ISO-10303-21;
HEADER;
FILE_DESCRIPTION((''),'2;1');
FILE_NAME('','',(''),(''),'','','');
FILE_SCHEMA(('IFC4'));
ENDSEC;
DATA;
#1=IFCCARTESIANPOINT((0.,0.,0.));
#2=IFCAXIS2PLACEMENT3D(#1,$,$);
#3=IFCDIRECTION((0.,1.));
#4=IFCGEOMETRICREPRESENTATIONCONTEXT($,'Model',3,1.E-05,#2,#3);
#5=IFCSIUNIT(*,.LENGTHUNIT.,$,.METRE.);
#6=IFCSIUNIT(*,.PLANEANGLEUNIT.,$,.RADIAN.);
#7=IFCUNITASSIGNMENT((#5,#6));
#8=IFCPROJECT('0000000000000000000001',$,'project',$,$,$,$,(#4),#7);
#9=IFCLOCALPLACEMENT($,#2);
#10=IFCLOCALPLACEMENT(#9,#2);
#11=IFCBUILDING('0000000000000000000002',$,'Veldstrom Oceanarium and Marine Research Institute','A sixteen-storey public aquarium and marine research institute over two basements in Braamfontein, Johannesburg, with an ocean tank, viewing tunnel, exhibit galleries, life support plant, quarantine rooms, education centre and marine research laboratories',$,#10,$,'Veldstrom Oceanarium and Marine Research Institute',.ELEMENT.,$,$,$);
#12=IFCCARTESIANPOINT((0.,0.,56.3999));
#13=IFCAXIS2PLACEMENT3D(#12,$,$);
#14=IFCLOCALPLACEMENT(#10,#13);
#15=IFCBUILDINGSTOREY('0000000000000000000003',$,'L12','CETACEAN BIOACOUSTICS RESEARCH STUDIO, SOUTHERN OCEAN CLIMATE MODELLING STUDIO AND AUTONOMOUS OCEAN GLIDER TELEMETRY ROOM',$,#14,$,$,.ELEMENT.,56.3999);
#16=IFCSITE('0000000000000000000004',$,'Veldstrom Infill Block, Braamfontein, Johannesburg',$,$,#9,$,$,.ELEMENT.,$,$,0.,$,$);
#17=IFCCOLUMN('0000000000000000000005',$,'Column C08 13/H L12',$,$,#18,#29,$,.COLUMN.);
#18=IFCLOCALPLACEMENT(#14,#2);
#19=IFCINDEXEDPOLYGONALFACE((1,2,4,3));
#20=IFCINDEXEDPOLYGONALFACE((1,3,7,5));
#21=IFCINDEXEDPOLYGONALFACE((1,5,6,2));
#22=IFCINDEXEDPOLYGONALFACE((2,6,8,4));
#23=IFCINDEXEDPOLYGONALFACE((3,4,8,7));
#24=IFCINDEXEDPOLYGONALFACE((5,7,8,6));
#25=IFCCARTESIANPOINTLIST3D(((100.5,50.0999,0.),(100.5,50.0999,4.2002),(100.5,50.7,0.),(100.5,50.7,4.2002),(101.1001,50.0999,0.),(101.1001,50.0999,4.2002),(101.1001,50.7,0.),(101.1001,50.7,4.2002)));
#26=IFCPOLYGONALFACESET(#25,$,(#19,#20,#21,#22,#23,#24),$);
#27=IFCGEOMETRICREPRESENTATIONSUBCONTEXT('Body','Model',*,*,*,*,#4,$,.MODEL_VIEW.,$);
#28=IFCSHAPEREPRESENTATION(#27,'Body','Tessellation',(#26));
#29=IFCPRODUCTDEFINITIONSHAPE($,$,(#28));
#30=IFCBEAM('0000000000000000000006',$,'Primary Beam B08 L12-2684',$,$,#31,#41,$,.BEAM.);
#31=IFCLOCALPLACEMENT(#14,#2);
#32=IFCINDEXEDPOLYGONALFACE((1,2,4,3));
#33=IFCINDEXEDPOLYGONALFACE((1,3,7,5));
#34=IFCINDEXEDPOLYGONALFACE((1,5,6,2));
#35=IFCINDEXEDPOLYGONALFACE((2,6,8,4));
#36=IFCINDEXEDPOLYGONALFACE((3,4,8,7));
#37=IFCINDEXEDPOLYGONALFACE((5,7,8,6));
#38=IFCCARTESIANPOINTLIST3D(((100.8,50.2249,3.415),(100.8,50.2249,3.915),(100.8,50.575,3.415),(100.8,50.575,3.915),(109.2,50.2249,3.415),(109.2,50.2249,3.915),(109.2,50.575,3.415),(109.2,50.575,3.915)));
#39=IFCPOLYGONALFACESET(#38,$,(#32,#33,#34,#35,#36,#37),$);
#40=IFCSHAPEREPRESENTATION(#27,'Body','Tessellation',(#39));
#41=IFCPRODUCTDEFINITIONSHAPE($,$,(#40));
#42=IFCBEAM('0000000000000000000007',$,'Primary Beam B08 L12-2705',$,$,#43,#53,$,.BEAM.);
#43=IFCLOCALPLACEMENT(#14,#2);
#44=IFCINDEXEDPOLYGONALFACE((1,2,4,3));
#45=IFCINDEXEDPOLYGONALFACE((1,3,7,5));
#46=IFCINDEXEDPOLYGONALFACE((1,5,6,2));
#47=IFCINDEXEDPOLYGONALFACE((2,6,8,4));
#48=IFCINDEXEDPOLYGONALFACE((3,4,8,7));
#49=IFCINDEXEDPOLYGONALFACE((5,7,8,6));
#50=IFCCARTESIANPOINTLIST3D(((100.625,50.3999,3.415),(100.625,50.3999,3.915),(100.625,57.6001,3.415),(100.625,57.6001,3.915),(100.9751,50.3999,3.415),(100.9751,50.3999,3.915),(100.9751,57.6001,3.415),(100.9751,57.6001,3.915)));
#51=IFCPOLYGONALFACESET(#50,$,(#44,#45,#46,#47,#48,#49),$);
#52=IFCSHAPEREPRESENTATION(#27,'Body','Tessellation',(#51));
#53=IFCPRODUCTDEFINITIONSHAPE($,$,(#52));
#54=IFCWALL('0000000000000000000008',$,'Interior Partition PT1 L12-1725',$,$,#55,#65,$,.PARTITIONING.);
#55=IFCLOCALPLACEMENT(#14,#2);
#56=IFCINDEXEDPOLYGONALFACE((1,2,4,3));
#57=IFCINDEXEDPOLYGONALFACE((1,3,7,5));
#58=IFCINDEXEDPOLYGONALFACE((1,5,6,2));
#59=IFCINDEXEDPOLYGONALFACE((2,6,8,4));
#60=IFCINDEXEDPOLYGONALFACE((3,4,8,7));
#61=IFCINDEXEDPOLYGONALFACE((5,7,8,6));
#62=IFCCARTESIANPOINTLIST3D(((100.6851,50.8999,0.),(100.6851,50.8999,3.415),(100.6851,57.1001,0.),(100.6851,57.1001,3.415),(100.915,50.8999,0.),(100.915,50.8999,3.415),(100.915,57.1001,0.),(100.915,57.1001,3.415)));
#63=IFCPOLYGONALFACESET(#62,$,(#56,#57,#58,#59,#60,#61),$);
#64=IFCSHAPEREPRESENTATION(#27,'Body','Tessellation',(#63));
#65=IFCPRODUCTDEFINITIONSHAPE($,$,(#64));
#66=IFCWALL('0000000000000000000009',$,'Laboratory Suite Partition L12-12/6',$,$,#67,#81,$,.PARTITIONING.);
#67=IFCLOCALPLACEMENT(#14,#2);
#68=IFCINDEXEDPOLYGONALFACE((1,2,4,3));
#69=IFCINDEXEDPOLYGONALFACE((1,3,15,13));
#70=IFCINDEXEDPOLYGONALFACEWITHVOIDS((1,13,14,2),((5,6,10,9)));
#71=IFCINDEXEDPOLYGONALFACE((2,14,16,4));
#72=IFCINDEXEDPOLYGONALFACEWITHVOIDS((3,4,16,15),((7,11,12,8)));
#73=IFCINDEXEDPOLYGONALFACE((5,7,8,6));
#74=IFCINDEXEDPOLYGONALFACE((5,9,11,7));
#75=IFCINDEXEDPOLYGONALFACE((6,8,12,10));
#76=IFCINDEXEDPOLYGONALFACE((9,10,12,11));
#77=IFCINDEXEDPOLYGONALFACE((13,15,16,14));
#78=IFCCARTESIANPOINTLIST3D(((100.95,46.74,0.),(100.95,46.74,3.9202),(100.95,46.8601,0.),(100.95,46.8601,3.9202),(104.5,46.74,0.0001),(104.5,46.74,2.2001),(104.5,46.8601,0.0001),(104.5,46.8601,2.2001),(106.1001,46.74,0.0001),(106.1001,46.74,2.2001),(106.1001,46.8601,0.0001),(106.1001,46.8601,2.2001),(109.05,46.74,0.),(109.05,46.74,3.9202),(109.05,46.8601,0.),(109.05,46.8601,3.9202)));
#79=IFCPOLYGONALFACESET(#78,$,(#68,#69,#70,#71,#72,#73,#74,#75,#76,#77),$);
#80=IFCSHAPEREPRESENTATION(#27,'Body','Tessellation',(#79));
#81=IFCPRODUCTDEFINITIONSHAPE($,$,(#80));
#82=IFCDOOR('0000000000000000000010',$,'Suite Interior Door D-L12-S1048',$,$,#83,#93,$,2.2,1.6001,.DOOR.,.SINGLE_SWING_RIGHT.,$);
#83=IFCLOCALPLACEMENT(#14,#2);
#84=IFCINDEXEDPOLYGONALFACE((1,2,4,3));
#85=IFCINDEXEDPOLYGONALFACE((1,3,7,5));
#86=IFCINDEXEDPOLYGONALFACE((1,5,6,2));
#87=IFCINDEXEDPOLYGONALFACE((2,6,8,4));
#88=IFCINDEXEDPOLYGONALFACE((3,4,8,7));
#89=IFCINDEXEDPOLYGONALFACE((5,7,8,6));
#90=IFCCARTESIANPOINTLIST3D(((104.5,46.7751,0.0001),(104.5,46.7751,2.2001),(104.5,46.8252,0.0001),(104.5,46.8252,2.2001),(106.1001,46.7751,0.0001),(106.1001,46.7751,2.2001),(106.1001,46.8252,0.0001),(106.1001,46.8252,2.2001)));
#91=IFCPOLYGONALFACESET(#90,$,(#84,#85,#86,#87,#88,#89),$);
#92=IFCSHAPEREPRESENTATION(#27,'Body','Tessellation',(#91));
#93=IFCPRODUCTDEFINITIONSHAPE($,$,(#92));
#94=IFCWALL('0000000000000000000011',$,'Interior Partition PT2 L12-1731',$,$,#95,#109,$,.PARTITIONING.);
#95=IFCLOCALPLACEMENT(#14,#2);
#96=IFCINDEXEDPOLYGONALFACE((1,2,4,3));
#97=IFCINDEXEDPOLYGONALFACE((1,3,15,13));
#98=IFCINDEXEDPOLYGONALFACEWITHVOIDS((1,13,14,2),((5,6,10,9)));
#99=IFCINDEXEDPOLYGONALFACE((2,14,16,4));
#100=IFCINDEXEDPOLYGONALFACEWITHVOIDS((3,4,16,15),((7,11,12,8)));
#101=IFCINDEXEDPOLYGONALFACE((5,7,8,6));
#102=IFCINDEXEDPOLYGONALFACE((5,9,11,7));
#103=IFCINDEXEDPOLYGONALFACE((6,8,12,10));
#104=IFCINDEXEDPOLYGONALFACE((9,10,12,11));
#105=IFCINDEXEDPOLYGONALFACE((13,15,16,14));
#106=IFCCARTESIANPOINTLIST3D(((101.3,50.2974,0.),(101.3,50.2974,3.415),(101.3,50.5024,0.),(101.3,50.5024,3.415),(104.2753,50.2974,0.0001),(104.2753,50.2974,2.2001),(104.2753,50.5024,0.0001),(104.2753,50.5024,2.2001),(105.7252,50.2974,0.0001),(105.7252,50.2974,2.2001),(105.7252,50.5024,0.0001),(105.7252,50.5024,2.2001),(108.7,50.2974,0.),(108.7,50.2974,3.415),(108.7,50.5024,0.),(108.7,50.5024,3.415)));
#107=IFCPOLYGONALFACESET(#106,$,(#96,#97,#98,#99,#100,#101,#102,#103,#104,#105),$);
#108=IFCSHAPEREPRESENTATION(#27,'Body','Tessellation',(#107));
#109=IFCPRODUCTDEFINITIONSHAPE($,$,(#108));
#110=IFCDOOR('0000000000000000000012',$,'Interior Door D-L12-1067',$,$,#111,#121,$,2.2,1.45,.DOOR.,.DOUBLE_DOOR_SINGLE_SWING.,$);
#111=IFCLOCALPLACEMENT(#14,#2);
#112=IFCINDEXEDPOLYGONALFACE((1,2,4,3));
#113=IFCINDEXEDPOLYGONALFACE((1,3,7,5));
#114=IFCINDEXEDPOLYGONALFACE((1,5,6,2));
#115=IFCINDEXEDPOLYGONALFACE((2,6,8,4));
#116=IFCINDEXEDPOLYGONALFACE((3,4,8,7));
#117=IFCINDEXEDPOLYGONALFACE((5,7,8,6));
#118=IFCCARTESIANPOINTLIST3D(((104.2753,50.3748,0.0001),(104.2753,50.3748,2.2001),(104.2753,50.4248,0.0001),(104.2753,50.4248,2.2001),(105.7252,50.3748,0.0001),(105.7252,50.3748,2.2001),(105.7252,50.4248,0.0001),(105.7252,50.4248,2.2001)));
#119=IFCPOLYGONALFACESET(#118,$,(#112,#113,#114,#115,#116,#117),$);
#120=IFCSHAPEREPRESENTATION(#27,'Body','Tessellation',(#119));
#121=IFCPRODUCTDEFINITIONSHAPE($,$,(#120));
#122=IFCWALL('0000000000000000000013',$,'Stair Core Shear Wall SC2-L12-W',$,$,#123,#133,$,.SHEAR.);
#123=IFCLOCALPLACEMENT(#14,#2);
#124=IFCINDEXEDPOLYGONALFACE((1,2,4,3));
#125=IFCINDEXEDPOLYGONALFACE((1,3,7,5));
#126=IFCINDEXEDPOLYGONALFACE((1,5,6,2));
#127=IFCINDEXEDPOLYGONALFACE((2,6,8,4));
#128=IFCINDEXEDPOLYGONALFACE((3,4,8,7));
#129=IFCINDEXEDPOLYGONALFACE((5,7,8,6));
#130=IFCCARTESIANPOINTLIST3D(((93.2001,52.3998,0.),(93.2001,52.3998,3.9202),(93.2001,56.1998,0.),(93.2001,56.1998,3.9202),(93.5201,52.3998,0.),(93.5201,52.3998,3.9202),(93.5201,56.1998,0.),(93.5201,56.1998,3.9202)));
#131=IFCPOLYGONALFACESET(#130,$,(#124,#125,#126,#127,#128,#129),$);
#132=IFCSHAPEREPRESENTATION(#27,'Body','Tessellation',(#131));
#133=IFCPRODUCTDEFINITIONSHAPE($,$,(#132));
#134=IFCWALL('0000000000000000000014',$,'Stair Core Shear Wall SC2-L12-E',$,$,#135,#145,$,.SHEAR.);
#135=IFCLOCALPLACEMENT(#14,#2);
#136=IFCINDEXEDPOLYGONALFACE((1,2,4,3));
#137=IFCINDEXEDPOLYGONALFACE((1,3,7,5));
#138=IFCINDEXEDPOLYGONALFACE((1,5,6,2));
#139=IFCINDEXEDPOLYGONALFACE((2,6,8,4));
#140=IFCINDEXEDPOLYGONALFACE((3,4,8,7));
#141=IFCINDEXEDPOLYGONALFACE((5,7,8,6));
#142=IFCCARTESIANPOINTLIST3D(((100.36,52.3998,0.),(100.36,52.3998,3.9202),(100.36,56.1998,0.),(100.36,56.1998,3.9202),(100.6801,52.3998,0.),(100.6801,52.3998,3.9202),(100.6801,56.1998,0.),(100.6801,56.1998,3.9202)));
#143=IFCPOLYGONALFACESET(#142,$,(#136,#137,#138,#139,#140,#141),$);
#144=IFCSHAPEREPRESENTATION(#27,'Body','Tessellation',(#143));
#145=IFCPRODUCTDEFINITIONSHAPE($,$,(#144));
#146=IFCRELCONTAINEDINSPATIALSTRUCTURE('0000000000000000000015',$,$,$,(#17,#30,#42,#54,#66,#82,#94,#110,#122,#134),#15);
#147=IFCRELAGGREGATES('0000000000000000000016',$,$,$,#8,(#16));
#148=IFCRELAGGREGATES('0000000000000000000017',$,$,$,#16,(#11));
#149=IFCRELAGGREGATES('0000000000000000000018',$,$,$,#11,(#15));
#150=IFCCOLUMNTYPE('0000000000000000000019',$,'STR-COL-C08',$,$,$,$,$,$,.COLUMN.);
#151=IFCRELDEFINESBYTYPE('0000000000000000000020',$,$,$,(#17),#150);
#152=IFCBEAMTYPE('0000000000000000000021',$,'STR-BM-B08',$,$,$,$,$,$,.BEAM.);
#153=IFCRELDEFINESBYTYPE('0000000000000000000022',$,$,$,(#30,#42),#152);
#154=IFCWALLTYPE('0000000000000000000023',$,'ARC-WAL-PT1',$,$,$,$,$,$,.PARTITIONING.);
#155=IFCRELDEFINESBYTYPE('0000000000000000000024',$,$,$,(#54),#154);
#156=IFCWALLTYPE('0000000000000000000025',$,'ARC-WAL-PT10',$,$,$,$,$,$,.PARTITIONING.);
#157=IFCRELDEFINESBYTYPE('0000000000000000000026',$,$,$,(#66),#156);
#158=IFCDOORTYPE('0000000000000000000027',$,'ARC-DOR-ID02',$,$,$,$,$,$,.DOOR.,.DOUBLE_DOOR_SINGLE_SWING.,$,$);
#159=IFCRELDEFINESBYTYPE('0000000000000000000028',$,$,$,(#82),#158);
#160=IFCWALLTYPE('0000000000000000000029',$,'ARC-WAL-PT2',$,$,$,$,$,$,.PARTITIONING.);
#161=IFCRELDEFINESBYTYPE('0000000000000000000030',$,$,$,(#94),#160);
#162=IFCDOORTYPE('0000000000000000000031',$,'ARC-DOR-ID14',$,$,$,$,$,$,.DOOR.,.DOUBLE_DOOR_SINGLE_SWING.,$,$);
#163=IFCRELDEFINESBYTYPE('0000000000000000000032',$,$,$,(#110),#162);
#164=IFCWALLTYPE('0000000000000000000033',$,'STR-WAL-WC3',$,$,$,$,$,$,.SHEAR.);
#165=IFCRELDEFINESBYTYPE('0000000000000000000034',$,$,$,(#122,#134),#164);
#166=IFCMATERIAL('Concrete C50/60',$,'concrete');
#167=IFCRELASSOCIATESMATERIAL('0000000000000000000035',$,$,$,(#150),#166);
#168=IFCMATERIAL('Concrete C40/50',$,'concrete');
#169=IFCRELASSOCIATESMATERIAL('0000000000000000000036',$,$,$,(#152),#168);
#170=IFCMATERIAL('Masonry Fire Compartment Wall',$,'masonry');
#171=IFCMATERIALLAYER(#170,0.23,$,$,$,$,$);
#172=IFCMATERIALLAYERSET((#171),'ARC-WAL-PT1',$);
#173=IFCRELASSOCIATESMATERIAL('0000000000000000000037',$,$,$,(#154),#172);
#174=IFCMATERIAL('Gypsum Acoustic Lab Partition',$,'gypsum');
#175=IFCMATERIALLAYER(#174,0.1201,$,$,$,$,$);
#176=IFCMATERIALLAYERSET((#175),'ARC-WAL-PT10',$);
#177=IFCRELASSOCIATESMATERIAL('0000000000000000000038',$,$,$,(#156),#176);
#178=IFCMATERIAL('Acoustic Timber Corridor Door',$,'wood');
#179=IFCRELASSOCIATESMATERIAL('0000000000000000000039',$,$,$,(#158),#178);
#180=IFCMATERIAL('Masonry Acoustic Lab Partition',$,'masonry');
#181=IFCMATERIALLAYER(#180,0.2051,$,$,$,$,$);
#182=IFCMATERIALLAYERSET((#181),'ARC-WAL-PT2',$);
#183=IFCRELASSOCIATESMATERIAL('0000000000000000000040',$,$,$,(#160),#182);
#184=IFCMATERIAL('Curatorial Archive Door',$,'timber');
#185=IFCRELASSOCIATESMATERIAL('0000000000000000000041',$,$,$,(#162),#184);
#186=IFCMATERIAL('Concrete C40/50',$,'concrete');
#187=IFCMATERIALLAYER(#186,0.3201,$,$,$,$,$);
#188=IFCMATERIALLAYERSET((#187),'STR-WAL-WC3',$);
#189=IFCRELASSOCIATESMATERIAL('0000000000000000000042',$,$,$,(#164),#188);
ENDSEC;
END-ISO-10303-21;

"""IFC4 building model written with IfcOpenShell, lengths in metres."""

from ifc_helpers import new_model, si_unit, direction, frame, frame_2d, origin, origin_2d, place, context, subcontext, project, spatial, rectangle, extrude, material, layer, layer_set, material_profile, profile_set, type_object, element, fill, save


model = new_model("IFC4")

# Units and contexts
model_context = context("Model", 3, precision=1e-05, world=origin(), true_north=direction((0.0, 1.0)))
body_context = subcontext(model_context, "Body", "Model", "MODEL_VIEW")
ifc_project = project(units=[si_unit("LENGTHUNIT", "METRE"), si_unit("PLANEANGLEUNIT", "RADIAN")], contexts=[model_context])

# Site, building, storey
site_placement = place(None, origin())
site = spatial("IfcSite", under=ifc_project, at=site_placement, Name="Veldstrom Infill Block, Braamfontein, Johannesburg", CompositionType="ELEMENT", RefElevation=0.0)
building_placement = place(site_placement, origin())
building = spatial("IfcBuilding", under=site, at=building_placement, Name="Veldstrom Oceanarium and Marine Research Institute", Description="A sixteen-storey public aquarium and marine research institute over two basements in Braamfontein, Johannesburg, with an ocean tank, viewing tunnel, exhibit galleries, life support plant, quarantine rooms, education centre and marine research laboratories", LongName="Veldstrom Oceanarium and Marine Research Institute", CompositionType="ELEMENT")
storey_placement = place(building_placement, frame((0.0, 0.0, 56.3999)))
storey = spatial("IfcBuildingStorey", under=building, at=storey_placement, Name="L12", Description="CETACEAN BIOACOUSTICS RESEARCH STUDIO, SOUTHERN OCEAN CLIMATE MODELLING STUDIO AND AUTONOMOUS OCEAN GLIDER TELEMETRY ROOM", CompositionType="ELEMENT", Elevation=56.3999)

# Column
ifc_material_1 = material(Name="Concrete C50/60", Category="concrete")
ifc_material_profile_1 = material_profile(ifc_material_1, rectangle(XDim=0.6001, YDim=0.6001, at=origin_2d()), Name="RC-COL-600x600")
ifc_profile_set_1 = profile_set([ifc_material_profile_1], Name="Concrete C50/60")
column_type = type_object("IfcColumnType", Name="STR-COL-C08", PredefinedType="COLUMN", material=ifc_profile_set_1)
column_placement = place(storey_placement, frame((100.8, 50.3999, 0.0), z_axis=(0.0, 0.0, 1.0), x_axis=(1.0, 0.0, 0.0)))
element("IfcColumn", 1, at=column_placement, inside=storey, type_object=column_type, Name="Column C08 13/H L12", PredefinedType="COLUMN", context=body_context, shape_type="SweptSolid", body=[
    extrude(rectangle(XDim=0.6001, YDim=0.6001, at=origin_2d()), origin(), (0.0, 0.0, 1.0), 4.2002),
])

# Beams
ifc_material_2 = material(Name="Concrete C40/50", Category="concrete")
ifc_material_profile_2 = material_profile(ifc_material_2, rectangle(XDim=0.3501, YDim=0.5, at=origin_2d()), Name="RC-BM-350x500")
ifc_profile_set_2 = profile_set([ifc_material_profile_2], Name="Concrete C40/50")
beam_type = type_object("IfcBeamType", Name="STR-BM-B08", PredefinedType="BEAM", material=ifc_profile_set_2)
beam_1_placement = place(storey_placement, frame((100.8, 50.3999, 3.665), z_axis=(1.0, 0.0, 0.0), x_axis=(0.0, 1.0, 0.0)))
element("IfcBeam", 2, at=beam_1_placement, inside=storey, type_object=beam_type, Name="Primary Beam B08 L12-2684", PredefinedType="BEAM", context=body_context, shape_type="SweptSolid", body=[
    extrude(rectangle(XDim=0.3501, YDim=0.5, at=origin_2d()), origin(), (0.0, 0.0, 1.0), 8.3999),
])
beam_2_placement = place(storey_placement, frame((100.8, 50.3999, 3.665), z_axis=(0.0, 1.0, 0.0), x_axis=(-1.0, 0.0, 0.0)))
element("IfcBeam", 3, at=beam_2_placement, inside=storey, type_object=beam_type, Name="Primary Beam B08 L12-2705", PredefinedType="BEAM", context=body_context, shape_type="SweptSolid", body=[
    extrude(rectangle(XDim=0.3501, YDim=0.5, at=origin_2d()), origin(), (0.0, 0.0, 1.0), 7.2002),
])

# Shared definitions
ifc_material_3 = material(Name="Masonry Fire Compartment Wall", Category="masonry")
ifc_layer_1 = layer(ifc_material_3, 0.23)
ifc_layer_set_1 = layer_set([ifc_layer_1], Name="ARC-WAL-PT1")
wall_type_1 = type_object("IfcWallType", Name="ARC-WAL-PT1", PredefinedType="PARTITIONING", material=ifc_layer_set_1)

# Wall
wall_1_placement = place(storey_placement, frame((100.8, 50.8999, 0.0), z_axis=(0.0, 0.0, 1.0), x_axis=(0.0, 1.0, 0.0)))
element("IfcWall", 4, at=wall_1_placement, inside=storey, type_object=wall_type_1, Name="Interior Partition PT1 L12-1725", PredefinedType="PARTITIONING", context=body_context, shape_type="SweptSolid", body=[
    extrude(rectangle(XDim=6.2002, YDim=0.23, at=frame_2d((3.1001, 0.0))), origin(), (0.0, 0.0, 1.0), 3.415),
])

# Walls, openings, doors
ifc_material_4 = material(Name="Gypsum Acoustic Lab Partition", Category="gypsum")
ifc_layer_2 = layer(ifc_material_4, 0.1201)
ifc_layer_set_2 = layer_set([ifc_layer_2], Name="ARC-WAL-PT10")
wall_type_2 = type_object("IfcWallType", Name="ARC-WAL-PT10", PredefinedType="PARTITIONING", material=ifc_layer_set_2)
wall_2_placement = place(storey_placement, frame((100.95, 46.8, 0.0), z_axis=(0.0, 0.0, 1.0), x_axis=(1.0, 0.0, 0.0)))
wall_2 = element("IfcWall", 5, at=wall_2_placement, inside=storey, type_object=wall_type_2, Name="Laboratory Suite Partition L12-12/6", PredefinedType="PARTITIONING", context=body_context, shape_type="SweptSolid", body=[
    extrude(rectangle(XDim=8.1001, YDim=0.1201, at=frame_2d((4.05, 0.0))), origin(), (0.0, 0.0, 1.0), 3.9202),
])
opening_1_placement = place(wall_2_placement, frame((3.55, 0.0, 0.0)))
opening_1 = element("IfcOpeningElement", 6, at=opening_1_placement, cuts=wall_2, PredefinedType="OPENING", context=body_context, shape_type="SweptSolid", body=[
    extrude(rectangle(XDim=1.6001, YDim=2.2, at=frame_2d((0.8, 1.1001))), frame((0.0, 0.0701, 0.0), z_axis=(0.0, -1.0, 0.0), x_axis=(1.0, 0.0, 0.0)), (0.0, 0.0, 1.0), 0.1401),
])
ifc_material_5 = material(Name="Acoustic Timber Corridor Door", Category="wood")
door_type_1 = type_object("IfcDoorType", Name="ARC-DOR-ID02", OperationType="DOUBLE_DOOR_SINGLE_SWING", PredefinedType="DOOR", material=ifc_material_5)
door_1_placement = place(opening_1_placement, frame((1.6001, 0.0, 0.0), z_axis=(0.0, 0.0, 1.0), x_axis=(-1.0, 0.0, 0.0)))
door_1 = element("IfcDoor", 7, at=door_1_placement, inside=storey, type_object=door_type_1, Name="Suite Interior Door D-L12-S1048", OperationType="SINGLE_SWING_RIGHT", OverallHeight=2.2, OverallWidth=1.6001, PredefinedType="DOOR", context=body_context, shape_type="SweptSolid", body=[
    extrude(rectangle(XDim=1.6001, YDim=2.2, at=frame_2d((0.8, 1.1001))), frame((0.0, 0.0249, 0.0), z_axis=(0.0, -1.0, 0.0), x_axis=(1.0, 0.0, 0.0)), (0.0, 0.0, 1.0), 0.05),
])
fill(opening_1, door_1)
ifc_material_6 = material(Name="Masonry Acoustic Lab Partition", Category="masonry")
ifc_layer_3 = layer(ifc_material_6, 0.2051)
ifc_layer_set_3 = layer_set([ifc_layer_3], Name="ARC-WAL-PT2")
wall_type_3 = type_object("IfcWallType", Name="ARC-WAL-PT2", PredefinedType="PARTITIONING", material=ifc_layer_set_3)
wall_3_placement = place(storey_placement, frame((101.3, 50.3999, 0.0), z_axis=(0.0, 0.0, 1.0), x_axis=(1.0, 0.0, 0.0)))
wall_3 = element("IfcWall", 8, at=wall_3_placement, inside=storey, type_object=wall_type_3, Name="Interior Partition PT2 L12-1731", PredefinedType="PARTITIONING", context=body_context, shape_type="SweptSolid", body=[
    extrude(rectangle(XDim=7.3999, YDim=0.2051, at=frame_2d((3.7, 0.0))), origin(), (0.0, 0.0, 1.0), 3.415),
])
opening_2_placement = place(wall_3_placement, frame((2.9751, 0.0, 0.0)))
opening_2 = element("IfcOpeningElement", 9, at=opening_2_placement, cuts=wall_3, PredefinedType="OPENING", context=body_context, shape_type="SweptSolid", body=[
    extrude(rectangle(XDim=1.45, YDim=2.2, at=frame_2d((0.7251, 1.1001))), frame((0.0, 0.1125, 0.0), z_axis=(0.0, -1.0, 0.0), x_axis=(1.0, 0.0, 0.0)), (0.0, 0.0, 1.0), 0.2251),
])
ifc_material_7 = material(Name="Curatorial Archive Door", Category="timber")
door_type_2 = type_object("IfcDoorType", Name="ARC-DOR-ID14", OperationType="DOUBLE_DOOR_SINGLE_SWING", PredefinedType="DOOR", material=ifc_material_7)
door_2_placement = place(opening_2_placement, origin())
door_2 = element("IfcDoor", 10, at=door_2_placement, inside=storey, type_object=door_type_2, Name="Interior Door D-L12-1067", OperationType="DOUBLE_DOOR_SINGLE_SWING", OverallHeight=2.2, OverallWidth=1.45, PredefinedType="DOOR", context=body_context, shape_type="SweptSolid", body=[
    extrude(rectangle(XDim=1.45, YDim=2.2, at=frame_2d((0.7251, 1.1001))), frame((0.0, 0.0249, 0.0), z_axis=(0.0, -1.0, 0.0), x_axis=(1.0, 0.0, 0.0)), (0.0, 0.0, 1.0), 0.05),
])
fill(opening_2, door_2)
ifc_material_8 = material(Name="Concrete C40/50", Category="concrete")
ifc_layer_4 = layer(ifc_material_8, 0.3201)
ifc_layer_set_4 = layer_set([ifc_layer_4], Name="STR-WAL-WC3")
wall_type_4 = type_object("IfcWallType", Name="STR-WAL-WC3", PredefinedType="SHEAR", material=ifc_layer_set_4)

# Walls
for number, where, z_axis, x_axis, name in (
    (11, (93.3601, 52.3999, 0.0), (0.0, 0.0, 1.0), (0.0, 1.0, 0.0), "Stair Core Shear Wall SC2-L12-W"),
    (12, (100.52, 52.3999, 0.0), (0.0, 0.0, 1.0), (0.0, 1.0, 0.0), "Stair Core Shear Wall SC2-L12-E"),
):
    element("IfcWall", number, at=place(storey_placement, frame(where, z_axis=z_axis, x_axis=x_axis)), inside=storey, type_object=wall_type_4, Name=name, PredefinedType="SHEAR", context=body_context, shape_type="SweptSolid", body=[
        extrude(rectangle(XDim=3.8, YDim=0.3201, at=frame_2d((1.8999, 0.0))), origin(), (0.0, 0.0, 1.0), 3.9202),
    ])

save(model, "model.ifc")
